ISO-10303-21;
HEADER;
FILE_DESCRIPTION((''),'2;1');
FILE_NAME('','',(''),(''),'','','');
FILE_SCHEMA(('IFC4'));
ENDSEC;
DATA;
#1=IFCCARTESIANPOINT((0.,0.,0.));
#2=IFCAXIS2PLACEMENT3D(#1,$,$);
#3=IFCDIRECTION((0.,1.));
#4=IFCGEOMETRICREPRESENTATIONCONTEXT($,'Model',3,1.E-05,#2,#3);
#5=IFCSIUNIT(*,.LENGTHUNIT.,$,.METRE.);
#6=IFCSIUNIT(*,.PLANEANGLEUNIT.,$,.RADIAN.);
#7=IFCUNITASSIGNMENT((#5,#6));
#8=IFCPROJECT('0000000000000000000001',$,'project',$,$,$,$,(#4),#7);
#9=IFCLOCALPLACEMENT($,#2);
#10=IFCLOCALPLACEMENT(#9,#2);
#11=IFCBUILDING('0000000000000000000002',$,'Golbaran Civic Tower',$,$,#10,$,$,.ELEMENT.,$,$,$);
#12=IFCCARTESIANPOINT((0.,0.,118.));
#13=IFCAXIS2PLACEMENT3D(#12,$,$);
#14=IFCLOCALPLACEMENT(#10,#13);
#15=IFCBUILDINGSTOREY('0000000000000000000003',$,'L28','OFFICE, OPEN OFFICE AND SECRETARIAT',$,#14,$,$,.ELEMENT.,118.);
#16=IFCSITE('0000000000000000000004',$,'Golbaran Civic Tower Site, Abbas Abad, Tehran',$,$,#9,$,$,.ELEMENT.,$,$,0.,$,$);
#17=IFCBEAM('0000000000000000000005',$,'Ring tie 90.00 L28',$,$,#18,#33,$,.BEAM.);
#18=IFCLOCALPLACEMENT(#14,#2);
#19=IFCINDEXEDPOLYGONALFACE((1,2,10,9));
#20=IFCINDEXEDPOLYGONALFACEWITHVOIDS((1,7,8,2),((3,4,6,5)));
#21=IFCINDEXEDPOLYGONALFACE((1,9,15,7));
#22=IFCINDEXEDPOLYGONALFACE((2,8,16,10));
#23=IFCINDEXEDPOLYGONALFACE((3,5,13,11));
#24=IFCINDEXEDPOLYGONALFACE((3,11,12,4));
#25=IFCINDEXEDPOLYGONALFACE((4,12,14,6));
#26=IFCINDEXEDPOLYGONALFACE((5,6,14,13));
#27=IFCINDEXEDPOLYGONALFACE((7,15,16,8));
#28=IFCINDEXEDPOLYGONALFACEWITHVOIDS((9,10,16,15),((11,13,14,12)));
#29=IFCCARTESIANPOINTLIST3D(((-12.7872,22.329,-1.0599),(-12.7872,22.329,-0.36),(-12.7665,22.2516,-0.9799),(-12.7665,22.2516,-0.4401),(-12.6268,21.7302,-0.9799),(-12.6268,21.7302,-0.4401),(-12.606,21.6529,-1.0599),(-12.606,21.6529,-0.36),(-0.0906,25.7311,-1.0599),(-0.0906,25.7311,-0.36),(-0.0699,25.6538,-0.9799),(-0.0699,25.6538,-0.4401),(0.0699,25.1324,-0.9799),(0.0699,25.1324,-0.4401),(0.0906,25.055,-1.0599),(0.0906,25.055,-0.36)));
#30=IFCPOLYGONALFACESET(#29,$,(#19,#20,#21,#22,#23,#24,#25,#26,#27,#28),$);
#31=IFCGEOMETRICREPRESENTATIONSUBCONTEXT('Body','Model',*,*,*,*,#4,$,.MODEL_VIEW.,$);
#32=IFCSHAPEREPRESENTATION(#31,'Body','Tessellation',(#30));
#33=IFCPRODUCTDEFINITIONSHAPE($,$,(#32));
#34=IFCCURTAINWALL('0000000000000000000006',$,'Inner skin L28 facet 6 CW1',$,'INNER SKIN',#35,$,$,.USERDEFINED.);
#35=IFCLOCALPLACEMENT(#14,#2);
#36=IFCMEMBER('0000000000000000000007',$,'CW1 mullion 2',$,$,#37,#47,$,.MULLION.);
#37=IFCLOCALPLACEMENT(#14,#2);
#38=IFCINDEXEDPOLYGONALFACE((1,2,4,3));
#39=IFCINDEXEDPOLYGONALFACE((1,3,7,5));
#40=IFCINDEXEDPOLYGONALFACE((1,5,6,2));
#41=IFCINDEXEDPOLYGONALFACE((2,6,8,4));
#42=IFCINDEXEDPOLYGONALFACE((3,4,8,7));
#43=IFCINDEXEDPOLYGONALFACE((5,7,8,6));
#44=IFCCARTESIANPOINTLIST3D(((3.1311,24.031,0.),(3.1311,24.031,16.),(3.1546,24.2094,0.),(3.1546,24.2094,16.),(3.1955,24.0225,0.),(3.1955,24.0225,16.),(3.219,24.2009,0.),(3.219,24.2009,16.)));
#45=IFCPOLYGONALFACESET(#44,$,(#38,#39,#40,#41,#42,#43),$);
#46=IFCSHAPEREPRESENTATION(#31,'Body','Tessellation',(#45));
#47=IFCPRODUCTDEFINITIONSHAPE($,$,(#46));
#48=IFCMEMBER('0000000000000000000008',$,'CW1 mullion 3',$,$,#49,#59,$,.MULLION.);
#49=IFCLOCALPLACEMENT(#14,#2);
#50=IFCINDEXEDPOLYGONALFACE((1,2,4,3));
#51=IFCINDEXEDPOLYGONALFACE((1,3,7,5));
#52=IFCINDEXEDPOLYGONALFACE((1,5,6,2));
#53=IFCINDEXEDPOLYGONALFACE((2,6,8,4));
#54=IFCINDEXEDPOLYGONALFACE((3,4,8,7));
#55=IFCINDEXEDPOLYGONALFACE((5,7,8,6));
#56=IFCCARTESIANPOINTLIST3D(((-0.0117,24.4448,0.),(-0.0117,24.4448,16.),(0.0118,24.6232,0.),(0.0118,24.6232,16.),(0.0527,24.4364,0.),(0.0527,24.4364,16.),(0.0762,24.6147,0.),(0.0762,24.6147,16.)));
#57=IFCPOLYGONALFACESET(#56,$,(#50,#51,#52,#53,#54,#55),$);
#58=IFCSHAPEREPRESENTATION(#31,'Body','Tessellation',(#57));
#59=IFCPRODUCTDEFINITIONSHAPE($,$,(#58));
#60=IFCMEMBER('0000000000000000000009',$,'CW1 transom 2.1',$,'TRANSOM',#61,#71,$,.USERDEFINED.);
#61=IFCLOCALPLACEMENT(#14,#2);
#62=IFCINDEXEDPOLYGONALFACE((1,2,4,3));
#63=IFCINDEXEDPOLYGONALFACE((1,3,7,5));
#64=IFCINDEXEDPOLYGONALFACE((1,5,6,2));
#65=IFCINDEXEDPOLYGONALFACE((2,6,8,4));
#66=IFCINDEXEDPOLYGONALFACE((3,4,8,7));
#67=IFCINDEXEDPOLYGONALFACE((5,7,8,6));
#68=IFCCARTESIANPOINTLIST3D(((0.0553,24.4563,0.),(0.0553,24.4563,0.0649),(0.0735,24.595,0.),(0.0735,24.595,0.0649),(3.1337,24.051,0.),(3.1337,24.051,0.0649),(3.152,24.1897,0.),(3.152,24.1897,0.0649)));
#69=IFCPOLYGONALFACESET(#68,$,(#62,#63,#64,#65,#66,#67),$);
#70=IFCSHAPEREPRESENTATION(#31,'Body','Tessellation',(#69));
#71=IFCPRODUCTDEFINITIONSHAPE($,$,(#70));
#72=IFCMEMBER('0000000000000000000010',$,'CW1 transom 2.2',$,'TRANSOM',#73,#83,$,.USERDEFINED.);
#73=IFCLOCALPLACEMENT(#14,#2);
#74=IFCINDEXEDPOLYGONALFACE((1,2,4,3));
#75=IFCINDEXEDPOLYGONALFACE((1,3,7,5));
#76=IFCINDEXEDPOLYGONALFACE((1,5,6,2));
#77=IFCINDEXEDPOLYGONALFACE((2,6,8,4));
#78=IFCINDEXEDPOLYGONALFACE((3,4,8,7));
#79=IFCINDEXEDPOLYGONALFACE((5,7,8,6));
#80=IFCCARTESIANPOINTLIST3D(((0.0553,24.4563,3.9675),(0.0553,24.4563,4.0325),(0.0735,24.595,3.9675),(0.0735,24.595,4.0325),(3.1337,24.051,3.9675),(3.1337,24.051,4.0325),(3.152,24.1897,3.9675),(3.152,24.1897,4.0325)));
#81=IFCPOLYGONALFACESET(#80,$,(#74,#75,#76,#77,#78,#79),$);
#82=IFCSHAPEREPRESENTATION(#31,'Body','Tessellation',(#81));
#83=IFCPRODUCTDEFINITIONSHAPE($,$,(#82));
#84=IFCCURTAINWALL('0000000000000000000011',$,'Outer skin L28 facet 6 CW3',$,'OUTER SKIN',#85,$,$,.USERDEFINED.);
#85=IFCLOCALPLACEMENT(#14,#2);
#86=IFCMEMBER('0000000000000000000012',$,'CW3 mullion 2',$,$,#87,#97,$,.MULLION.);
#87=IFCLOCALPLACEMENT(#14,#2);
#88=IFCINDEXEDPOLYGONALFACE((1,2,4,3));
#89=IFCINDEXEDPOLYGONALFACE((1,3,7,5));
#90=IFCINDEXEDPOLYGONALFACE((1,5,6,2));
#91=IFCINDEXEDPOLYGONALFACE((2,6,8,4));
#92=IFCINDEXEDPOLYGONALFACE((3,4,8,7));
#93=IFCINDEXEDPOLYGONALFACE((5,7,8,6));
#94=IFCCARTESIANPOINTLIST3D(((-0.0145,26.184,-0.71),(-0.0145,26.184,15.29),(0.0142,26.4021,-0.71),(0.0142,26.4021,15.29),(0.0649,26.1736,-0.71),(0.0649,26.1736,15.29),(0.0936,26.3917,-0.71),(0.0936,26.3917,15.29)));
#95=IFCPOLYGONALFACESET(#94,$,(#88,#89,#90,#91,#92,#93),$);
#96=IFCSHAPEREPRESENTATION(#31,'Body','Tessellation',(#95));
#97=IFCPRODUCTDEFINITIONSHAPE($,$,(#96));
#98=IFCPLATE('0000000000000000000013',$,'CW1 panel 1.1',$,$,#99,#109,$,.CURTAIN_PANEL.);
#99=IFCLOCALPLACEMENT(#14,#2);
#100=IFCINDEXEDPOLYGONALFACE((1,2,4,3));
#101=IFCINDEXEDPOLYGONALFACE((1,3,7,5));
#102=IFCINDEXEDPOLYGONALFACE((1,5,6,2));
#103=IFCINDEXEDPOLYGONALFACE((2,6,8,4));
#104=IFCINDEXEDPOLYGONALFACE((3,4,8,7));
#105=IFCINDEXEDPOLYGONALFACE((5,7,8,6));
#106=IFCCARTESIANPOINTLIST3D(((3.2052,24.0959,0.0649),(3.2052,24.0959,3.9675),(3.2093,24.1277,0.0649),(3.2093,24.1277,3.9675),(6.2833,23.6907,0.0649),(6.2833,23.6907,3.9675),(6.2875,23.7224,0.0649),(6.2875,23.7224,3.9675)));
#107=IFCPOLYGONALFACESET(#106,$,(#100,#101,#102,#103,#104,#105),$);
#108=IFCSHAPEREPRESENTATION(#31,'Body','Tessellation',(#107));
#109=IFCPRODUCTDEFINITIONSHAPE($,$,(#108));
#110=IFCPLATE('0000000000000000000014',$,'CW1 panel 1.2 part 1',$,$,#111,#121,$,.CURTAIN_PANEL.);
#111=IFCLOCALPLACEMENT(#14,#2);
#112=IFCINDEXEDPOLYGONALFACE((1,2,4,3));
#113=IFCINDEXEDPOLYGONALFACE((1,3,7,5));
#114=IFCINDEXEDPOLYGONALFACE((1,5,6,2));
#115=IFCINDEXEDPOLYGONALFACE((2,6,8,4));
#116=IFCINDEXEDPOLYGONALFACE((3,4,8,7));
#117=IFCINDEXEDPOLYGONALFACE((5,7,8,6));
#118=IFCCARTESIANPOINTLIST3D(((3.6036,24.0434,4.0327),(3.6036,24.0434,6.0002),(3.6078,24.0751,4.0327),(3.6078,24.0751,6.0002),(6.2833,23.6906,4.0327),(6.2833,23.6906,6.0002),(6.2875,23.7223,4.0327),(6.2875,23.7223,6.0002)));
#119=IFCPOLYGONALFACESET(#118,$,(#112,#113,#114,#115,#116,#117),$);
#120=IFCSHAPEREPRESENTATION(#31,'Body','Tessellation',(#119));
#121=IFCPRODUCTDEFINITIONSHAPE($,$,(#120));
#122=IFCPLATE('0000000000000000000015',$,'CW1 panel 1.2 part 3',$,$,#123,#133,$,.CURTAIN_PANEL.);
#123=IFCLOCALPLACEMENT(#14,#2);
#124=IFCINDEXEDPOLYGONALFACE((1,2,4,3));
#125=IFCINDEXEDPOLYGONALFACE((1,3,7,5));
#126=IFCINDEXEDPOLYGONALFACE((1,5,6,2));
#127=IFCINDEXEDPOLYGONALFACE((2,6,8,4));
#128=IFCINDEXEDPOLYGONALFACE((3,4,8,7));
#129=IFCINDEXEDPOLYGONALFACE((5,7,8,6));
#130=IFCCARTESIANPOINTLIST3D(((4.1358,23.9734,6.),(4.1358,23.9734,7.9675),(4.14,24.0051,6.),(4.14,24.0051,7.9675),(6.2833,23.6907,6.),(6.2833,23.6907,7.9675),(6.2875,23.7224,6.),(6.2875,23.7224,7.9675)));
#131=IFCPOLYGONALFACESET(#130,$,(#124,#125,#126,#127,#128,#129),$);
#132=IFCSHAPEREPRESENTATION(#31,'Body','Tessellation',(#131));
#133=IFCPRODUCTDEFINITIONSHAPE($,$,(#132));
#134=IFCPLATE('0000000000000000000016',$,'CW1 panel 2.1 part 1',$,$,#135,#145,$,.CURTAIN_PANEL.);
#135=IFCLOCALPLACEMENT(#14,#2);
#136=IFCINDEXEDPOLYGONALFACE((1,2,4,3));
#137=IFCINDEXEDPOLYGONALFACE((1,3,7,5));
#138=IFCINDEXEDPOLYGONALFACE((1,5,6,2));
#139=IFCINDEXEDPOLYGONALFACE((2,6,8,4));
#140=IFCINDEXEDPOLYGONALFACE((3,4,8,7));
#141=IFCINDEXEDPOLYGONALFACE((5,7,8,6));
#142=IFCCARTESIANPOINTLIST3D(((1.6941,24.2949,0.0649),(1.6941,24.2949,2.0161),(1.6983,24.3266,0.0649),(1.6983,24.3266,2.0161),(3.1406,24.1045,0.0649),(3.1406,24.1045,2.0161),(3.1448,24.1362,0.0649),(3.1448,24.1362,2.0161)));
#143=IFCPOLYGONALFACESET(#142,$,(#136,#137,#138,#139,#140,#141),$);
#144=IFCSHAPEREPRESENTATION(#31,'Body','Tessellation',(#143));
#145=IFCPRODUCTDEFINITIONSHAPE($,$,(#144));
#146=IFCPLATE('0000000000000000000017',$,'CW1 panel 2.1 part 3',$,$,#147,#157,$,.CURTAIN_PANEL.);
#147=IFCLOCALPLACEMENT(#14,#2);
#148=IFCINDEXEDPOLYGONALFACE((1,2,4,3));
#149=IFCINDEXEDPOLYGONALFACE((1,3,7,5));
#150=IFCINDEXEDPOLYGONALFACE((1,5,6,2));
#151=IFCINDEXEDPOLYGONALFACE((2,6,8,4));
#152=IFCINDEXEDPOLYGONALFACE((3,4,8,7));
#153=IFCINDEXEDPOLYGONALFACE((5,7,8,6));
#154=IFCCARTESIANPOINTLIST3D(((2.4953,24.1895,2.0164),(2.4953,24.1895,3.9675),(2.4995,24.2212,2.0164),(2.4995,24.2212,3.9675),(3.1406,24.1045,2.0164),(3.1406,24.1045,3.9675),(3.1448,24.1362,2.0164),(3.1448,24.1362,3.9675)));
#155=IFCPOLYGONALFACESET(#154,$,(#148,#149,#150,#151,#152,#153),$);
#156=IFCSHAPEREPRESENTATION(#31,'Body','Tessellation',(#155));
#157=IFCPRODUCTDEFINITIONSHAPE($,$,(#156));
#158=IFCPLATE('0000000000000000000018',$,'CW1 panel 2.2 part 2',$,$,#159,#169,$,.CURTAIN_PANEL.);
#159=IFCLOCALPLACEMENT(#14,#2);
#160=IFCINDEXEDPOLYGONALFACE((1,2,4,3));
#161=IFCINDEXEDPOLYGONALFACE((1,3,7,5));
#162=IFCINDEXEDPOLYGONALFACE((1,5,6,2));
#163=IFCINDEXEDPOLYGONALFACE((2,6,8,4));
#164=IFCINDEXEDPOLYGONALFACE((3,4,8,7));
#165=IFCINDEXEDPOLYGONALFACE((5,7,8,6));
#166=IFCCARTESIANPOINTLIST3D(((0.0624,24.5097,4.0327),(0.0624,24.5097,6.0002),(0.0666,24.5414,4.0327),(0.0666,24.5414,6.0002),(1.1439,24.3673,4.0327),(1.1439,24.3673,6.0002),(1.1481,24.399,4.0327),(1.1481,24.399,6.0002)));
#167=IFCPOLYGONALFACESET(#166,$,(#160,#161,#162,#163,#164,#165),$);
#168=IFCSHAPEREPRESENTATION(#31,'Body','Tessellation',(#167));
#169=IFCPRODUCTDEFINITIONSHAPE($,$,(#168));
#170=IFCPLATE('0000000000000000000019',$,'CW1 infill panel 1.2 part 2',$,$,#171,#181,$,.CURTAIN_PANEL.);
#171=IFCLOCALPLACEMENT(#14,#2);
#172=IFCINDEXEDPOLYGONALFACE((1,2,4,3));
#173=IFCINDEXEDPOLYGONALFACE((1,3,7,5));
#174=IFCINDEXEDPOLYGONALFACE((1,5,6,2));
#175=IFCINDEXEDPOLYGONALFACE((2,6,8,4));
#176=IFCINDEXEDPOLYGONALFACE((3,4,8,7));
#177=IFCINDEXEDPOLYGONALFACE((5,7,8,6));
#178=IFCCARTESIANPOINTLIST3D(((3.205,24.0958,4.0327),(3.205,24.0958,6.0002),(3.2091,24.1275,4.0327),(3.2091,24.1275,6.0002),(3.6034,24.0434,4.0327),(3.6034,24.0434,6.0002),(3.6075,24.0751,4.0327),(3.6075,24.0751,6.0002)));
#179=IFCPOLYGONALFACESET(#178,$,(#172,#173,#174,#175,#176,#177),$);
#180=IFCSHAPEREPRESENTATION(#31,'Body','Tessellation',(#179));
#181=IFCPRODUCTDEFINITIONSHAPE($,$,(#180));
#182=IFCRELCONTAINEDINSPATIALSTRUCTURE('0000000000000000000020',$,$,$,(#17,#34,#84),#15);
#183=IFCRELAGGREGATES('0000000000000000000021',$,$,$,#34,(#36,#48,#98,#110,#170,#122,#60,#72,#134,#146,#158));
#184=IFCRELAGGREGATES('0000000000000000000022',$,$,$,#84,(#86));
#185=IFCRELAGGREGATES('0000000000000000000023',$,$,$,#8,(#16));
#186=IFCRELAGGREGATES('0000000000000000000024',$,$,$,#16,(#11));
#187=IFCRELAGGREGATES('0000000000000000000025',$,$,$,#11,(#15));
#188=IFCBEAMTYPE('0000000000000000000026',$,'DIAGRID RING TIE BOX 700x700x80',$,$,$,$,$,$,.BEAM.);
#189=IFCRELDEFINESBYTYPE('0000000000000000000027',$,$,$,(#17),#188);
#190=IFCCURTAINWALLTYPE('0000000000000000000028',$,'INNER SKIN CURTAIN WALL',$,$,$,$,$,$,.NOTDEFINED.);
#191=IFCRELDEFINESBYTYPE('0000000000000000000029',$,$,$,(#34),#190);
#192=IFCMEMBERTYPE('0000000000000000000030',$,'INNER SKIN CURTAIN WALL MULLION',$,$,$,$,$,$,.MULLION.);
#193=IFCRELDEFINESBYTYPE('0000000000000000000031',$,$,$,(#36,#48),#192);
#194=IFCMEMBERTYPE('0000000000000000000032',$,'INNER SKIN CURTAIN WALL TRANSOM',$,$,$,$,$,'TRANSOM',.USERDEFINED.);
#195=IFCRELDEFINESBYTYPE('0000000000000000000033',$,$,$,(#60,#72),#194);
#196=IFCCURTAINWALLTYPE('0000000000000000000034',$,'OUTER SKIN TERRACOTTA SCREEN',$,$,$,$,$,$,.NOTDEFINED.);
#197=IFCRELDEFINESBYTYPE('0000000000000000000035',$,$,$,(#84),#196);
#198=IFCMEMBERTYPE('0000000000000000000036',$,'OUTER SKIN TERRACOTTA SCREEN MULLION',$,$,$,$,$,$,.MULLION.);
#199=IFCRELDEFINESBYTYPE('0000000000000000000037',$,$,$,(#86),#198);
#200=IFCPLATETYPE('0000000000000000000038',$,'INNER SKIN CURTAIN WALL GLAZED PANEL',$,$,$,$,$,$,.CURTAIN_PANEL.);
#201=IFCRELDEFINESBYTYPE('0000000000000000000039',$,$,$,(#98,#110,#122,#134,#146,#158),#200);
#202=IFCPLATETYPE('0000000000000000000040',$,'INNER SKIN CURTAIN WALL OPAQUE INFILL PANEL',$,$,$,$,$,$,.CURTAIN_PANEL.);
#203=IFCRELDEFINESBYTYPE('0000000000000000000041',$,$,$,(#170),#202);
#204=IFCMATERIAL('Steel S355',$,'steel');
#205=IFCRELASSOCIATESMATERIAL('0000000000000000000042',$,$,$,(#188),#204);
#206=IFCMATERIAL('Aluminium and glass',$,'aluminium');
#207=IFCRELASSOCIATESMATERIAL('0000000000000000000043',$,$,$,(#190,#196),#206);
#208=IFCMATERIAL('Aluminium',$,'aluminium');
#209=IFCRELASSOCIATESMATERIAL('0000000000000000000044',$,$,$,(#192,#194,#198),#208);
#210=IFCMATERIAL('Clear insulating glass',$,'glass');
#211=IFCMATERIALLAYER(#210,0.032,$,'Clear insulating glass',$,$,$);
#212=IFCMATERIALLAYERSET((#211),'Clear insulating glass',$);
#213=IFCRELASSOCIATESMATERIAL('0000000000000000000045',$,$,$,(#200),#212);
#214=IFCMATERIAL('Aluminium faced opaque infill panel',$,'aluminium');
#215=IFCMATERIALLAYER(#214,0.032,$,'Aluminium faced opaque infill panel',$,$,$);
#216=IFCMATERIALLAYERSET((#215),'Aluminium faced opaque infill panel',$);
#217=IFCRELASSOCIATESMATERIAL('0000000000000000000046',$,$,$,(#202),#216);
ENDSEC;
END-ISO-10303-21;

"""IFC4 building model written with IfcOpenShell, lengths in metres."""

from ifc_helpers import new_model, si_unit, direction, frame, origin, origin_2d, place, context, subcontext, project, spatial, rectangle, hollow_rectangle, extrude, material, layer, layer_set, material_profile, profile_set, type_object, element, aggregate, save


model = new_model("IFC4")

# Units and contexts
model_context = context("Model", 3, precision=1e-05, world=origin(), true_north=direction((0.0, 1.0)))
body_context = subcontext(model_context, "Body", "Model", "MODEL_VIEW")
ifc_project = project(units=[si_unit("LENGTHUNIT", "METRE"), si_unit("PLANEANGLEUNIT", "RADIAN")], contexts=[model_context])

# Site, building, storey
site_placement = place(None, origin())
site = spatial("IfcSite", under=ifc_project, at=site_placement, Name="Golbaran Civic Tower Site, Abbas Abad, Tehran", CompositionType="ELEMENT", RefElevation=0.0)
building_placement = place(site_placement, origin())
building = spatial("IfcBuilding", under=site, at=building_placement, Name="Golbaran Civic Tower", CompositionType="ELEMENT")
storey_placement = place(building_placement, frame((0.0, 0.0, 118.0)))
storey = spatial("IfcBuildingStorey", under=building, at=storey_placement, Name="L28", Description="OFFICE, OPEN OFFICE AND SECRETARIAT", CompositionType="ELEMENT", Elevation=118.0)

# Beam
ifc_material_1 = material(Name="Steel S355", Category="steel")
ifc_material_profile_1 = material_profile(ifc_material_1, hollow_rectangle(XDim=0.7, YDim=0.7, WallThickness=0.0801, at=origin_2d()), Name="BOX 700x700x80")
ifc_profile_set_1 = profile_set([ifc_material_profile_1], Name="Steel S355")
beam_type = type_object("IfcBeamType", Name="DIAGRID RING TIE BOX 700x700x80", PredefinedType="BEAM", material=ifc_profile_set_1)
beam_placement = place(storey_placement, frame((0.0, 25.3931, -0.71), z_axis=(-0.965924, -0.258824, 0.0), x_axis=(0.258824, -0.965924, 0.0)))
element("IfcBeam", 1, at=beam_placement, inside=storey, type_object=beam_type, Name="Ring tie 90.00 L28", PredefinedType="BEAM", context=body_context, shape_type="SweptSolid", body=[
    extrude(hollow_rectangle(XDim=0.7, YDim=0.7, WallThickness=0.0801, at=origin_2d()), origin(), (0.0, 0.0, 1.0), 13.1445),
])

# Curtain wall, members
ifc_material_2 = material(Name="Aluminium and glass", Category="aluminium")
curtain_wall_type_1 = type_object("IfcCurtainWallType", Name="INNER SKIN CURTAIN WALL", PredefinedType="NOTDEFINED", material=ifc_material_2)
curtain_wall_1_placement = place(storey_placement, origin())
curtain_wall_1 = element("IfcCurtainWall", 2, at=curtain_wall_1_placement, inside=storey, type_object=curtain_wall_type_1, Name="Inner skin L28 facet 6 CW1", ObjectType="INNER SKIN", PredefinedType="USERDEFINED")
ifc_material_3 = material(Name="Aluminium", Category="aluminium")
ifc_material_profile_2 = material_profile(ifc_material_3, rectangle(XDim=0.1799, YDim=0.0649, at=origin_2d()), Name="INNER SKIN CURTAIN WALL MULLION")
ifc_profile_set_2 = profile_set([ifc_material_profile_2], Name="Aluminium")
member_type_1 = type_object("IfcMemberType", Name="INNER SKIN CURTAIN WALL MULLION", PredefinedType="MULLION", material=ifc_profile_set_2)
member_1_placement = place(storey_placement, frame((3.175, 24.116, 0.0), z_axis=(0.0, 0.0, 1.0), x_axis=(-0.130526, -0.991445, 0.0)))
member_1 = element("IfcMember", 3, at=member_1_placement, type_object=member_type_1, Name="CW1 mullion 2", PredefinedType="MULLION", context=body_context, shape_type="SweptSolid", body=[
    extrude(rectangle(XDim=0.1799, YDim=0.0649, at=origin_2d()), origin(), (0.0, 0.0, 1.0), 16.0),
])
member_2_placement = place(storey_placement, frame((0.0322, 24.5298, 0.0), z_axis=(0.0, 0.0, 1.0), x_axis=(-0.130526, -0.991445, 0.0)))
member_2 = element("IfcMember", 4, at=member_2_placement, type_object=member_type_1, Name="CW1 mullion 3", PredefinedType="MULLION", context=body_context, shape_type="SweptSolid", body=[
    extrude(rectangle(XDim=0.1799, YDim=0.0649, at=origin_2d()), origin(), (0.0, 0.0, 1.0), 16.0),
])
ifc_material_profile_3 = material_profile(ifc_material_3, rectangle(XDim=0.1399, YDim=0.0649, at=origin_2d()), Name="INNER SKIN CURTAIN WALL TRANSOM")
ifc_profile_set_3 = profile_set([ifc_material_profile_3], Name="Aluminium")
member_type_2 = type_object("IfcMemberType", Name="INNER SKIN CURTAIN WALL TRANSOM", ElementType="TRANSOM", PredefinedType="USERDEFINED", material=ifc_profile_set_3)
member_3_placement = place(storey_placement, frame((3.1428, 24.1204, 0.0325), z_axis=(-0.991445, 0.130526, 0.0), x_axis=(-0.130526, -0.991445, 0.0)))
member_3 = element("IfcMember", 5, at=member_3_placement, type_object=member_type_2, Name="CW1 transom 2.1", ObjectType="TRANSOM", PredefinedType="USERDEFINED", context=body_context, shape_type="SweptSolid", body=[
    extrude(rectangle(XDim=0.1399, YDim=0.0649, at=origin_2d()), origin(), (0.0, 0.0, 1.0), 3.105),
])
member_4_placement = place(storey_placement, frame((3.1428, 24.1204, 4.0), z_axis=(-0.991445, 0.130526, 0.0), x_axis=(-0.130526, -0.991445, 0.0)))
member_4 = element("IfcMember", 6, at=member_4_placement, type_object=member_type_2, Name="CW1 transom 2.2", ObjectType="TRANSOM", PredefinedType="USERDEFINED", context=body_context, shape_type="SweptSolid", body=[
    extrude(rectangle(XDim=0.1399, YDim=0.0649, at=origin_2d()), origin(), (0.0, 0.0, 1.0), 3.105),
])

# Curtain wall, member
curtain_wall_type_2 = type_object("IfcCurtainWallType", Name="OUTER SKIN TERRACOTTA SCREEN", PredefinedType="NOTDEFINED", material=ifc_material_2)
curtain_wall_2_placement = place(storey_placement, origin())
curtain_wall_2 = element("IfcCurtainWall", 7, at=curtain_wall_2_placement, inside=storey, type_object=curtain_wall_type_2, Name="Outer skin L28 facet 6 CW3", ObjectType="OUTER SKIN", PredefinedType="USERDEFINED")
ifc_material_profile_4 = material_profile(ifc_material_3, rectangle(XDim=0.22, YDim=0.0801, at=origin_2d()), Name="OUTER SKIN TERRACOTTA SCREEN MULLION")
ifc_profile_set_4 = profile_set([ifc_material_profile_4], Name="Aluminium")
member_type_3 = type_object("IfcMemberType", Name="OUTER SKIN TERRACOTTA SCREEN MULLION", PredefinedType="MULLION", material=ifc_profile_set_4)
member_5_placement = place(storey_placement, frame((0.0396, 26.2878, -0.71), z_axis=(0.0, 0.0, 1.0), x_axis=(-0.130526, -0.991445, 0.0)))
member_5 = element("IfcMember", 8, at=member_5_placement, type_object=member_type_3, Name="CW3 mullion 2", PredefinedType="MULLION", context=body_context, shape_type="SweptSolid", body=[
    extrude(rectangle(XDim=0.22, YDim=0.0801, at=origin_2d()), origin(), (0.0, 0.0, 1.0), 16.0),
])

# Plates
ifc_material_4 = material(Name="Clear insulating glass", Category="glass")
ifc_layer_1 = layer(ifc_material_4, 0.032, Name="Clear insulating glass")
ifc_layer_set_1 = layer_set([ifc_layer_1], Name="Clear insulating glass")
plate_type_1 = type_object("IfcPlateType", Name="INNER SKIN CURTAIN WALL GLAZED PANEL", PredefinedType="CURTAIN_PANEL", material=ifc_layer_set_1)
plate_1_placement = place(storey_placement, frame((4.7463, 23.9092, 0.0649), z_axis=(0.0, 0.0, 1.0), x_axis=(-0.991445, 0.130526, 0.0)))
plate_1 = element("IfcPlate", 9, at=plate_1_placement, type_object=plate_type_1, Name="CW1 panel 1.1", PredefinedType="CURTAIN_PANEL", context=body_context, shape_type="SweptSolid", body=[
    extrude(rectangle(XDim=3.1047, YDim=0.032, at=origin_2d()), origin(), (0.0, 0.0, 1.0), 3.9026),
])
plate_2_placement = place(storey_placement, frame((4.9456, 23.8828, 4.0327), z_axis=(0.0, 0.0, 1.0), x_axis=(-0.991445, 0.130526, 0.0)))
plate_2 = element("IfcPlate", 10, at=plate_2_placement, type_object=plate_type_1, Name="CW1 panel 1.2 part 1", PredefinedType="CURTAIN_PANEL", context=body_context, shape_type="SweptSolid", body=[
    extrude(rectangle(XDim=2.7029, YDim=0.032, at=origin_2d()), origin(), (0.0, 0.0, 1.0), 1.9675),
])
plate_3_placement = place(storey_placement, frame((5.2117, 23.8479, 6.0), z_axis=(0.0, 0.0, 1.0), x_axis=(-0.991445, 0.130526, 0.0)))
plate_3 = element("IfcPlate", 11, at=plate_3_placement, type_object=plate_type_1, Name="CW1 panel 1.2 part 3", PredefinedType="CURTAIN_PANEL", context=body_context, shape_type="SweptSolid", body=[
    extrude(rectangle(XDim=2.166, YDim=0.032, at=origin_2d()), origin(), (0.0, 0.0, 1.0), 1.9675),
])
plate_4_placement = place(storey_placement, frame((2.4194, 24.2156, 0.0649), z_axis=(0.0, 0.0, 1.0), x_axis=(-0.991445, 0.130526, 0.0)))
plate_4 = element("IfcPlate", 12, at=plate_4_placement, type_object=plate_type_1, Name="CW1 panel 2.1 part 1", PredefinedType="CURTAIN_PANEL", context=body_context, shape_type="SweptSolid", body=[
    extrude(rectangle(XDim=1.459, YDim=0.032, at=origin_2d()), origin(), (0.0, 0.0, 1.0), 1.9512),
])
plate_5_placement = place(storey_placement, frame((2.8201, 24.1628, 2.0164), z_axis=(0.0, 0.0, 1.0), x_axis=(-0.991445, 0.130526, 0.0)))
plate_5 = element("IfcPlate", 13, at=plate_5_placement, type_object=plate_type_1, Name="CW1 panel 2.1 part 3", PredefinedType="CURTAIN_PANEL", context=body_context, shape_type="SweptSolid", body=[
    extrude(rectangle(XDim=0.6509, YDim=0.032, at=origin_2d()), origin(), (0.0, 0.0, 1.0), 1.9512),
])
plate_6_placement = place(storey_placement, frame((0.6052, 24.4543, 4.0327), z_axis=(0.0, 0.0, 1.0), x_axis=(-0.991445, 0.130526, 0.0)))
plate_6 = element("IfcPlate", 14, at=plate_6_placement, type_object=plate_type_1, Name="CW1 panel 2.2 part 2", PredefinedType="CURTAIN_PANEL", context=body_context, shape_type="SweptSolid", body=[
    extrude(rectangle(XDim=1.0908, YDim=0.032, at=origin_2d()), origin(), (0.0, 0.0, 1.0), 1.9675),
])
ifc_material_5 = material(Name="Aluminium faced opaque infill panel", Category="aluminium")
ifc_layer_2 = layer(ifc_material_5, 0.032, Name="Aluminium faced opaque infill panel")
ifc_layer_set_2 = layer_set([ifc_layer_2], Name="Aluminium faced opaque infill panel")
plate_type_2 = type_object("IfcPlateType", Name="INNER SKIN CURTAIN WALL OPAQUE INFILL PANEL", PredefinedType="CURTAIN_PANEL", material=ifc_layer_set_2)
plate_7_placement = place(storey_placement, frame((3.4062, 24.0854, 4.0327), z_axis=(0.0, 0.0, 1.0), x_axis=(-0.991445, 0.130526, 0.0)))
plate_7 = element("IfcPlate", 15, at=plate_7_placement, type_object=plate_type_2, Name="CW1 infill panel 1.2 part 2", PredefinedType="CURTAIN_PANEL", context=body_context, shape_type="SweptSolid", body=[
    extrude(rectangle(XDim=0.4019, YDim=0.032, at=origin_2d()), origin(), (0.0, 0.0, 1.0), 1.9675),
])
aggregate(curtain_wall_1, [member_1, member_2, plate_1, plate_2, plate_7, plate_3, member_3, member_4, plate_4, plate_5, plate_6])
aggregate(curtain_wall_2, [member_5])

save(model, "model.ifc")
